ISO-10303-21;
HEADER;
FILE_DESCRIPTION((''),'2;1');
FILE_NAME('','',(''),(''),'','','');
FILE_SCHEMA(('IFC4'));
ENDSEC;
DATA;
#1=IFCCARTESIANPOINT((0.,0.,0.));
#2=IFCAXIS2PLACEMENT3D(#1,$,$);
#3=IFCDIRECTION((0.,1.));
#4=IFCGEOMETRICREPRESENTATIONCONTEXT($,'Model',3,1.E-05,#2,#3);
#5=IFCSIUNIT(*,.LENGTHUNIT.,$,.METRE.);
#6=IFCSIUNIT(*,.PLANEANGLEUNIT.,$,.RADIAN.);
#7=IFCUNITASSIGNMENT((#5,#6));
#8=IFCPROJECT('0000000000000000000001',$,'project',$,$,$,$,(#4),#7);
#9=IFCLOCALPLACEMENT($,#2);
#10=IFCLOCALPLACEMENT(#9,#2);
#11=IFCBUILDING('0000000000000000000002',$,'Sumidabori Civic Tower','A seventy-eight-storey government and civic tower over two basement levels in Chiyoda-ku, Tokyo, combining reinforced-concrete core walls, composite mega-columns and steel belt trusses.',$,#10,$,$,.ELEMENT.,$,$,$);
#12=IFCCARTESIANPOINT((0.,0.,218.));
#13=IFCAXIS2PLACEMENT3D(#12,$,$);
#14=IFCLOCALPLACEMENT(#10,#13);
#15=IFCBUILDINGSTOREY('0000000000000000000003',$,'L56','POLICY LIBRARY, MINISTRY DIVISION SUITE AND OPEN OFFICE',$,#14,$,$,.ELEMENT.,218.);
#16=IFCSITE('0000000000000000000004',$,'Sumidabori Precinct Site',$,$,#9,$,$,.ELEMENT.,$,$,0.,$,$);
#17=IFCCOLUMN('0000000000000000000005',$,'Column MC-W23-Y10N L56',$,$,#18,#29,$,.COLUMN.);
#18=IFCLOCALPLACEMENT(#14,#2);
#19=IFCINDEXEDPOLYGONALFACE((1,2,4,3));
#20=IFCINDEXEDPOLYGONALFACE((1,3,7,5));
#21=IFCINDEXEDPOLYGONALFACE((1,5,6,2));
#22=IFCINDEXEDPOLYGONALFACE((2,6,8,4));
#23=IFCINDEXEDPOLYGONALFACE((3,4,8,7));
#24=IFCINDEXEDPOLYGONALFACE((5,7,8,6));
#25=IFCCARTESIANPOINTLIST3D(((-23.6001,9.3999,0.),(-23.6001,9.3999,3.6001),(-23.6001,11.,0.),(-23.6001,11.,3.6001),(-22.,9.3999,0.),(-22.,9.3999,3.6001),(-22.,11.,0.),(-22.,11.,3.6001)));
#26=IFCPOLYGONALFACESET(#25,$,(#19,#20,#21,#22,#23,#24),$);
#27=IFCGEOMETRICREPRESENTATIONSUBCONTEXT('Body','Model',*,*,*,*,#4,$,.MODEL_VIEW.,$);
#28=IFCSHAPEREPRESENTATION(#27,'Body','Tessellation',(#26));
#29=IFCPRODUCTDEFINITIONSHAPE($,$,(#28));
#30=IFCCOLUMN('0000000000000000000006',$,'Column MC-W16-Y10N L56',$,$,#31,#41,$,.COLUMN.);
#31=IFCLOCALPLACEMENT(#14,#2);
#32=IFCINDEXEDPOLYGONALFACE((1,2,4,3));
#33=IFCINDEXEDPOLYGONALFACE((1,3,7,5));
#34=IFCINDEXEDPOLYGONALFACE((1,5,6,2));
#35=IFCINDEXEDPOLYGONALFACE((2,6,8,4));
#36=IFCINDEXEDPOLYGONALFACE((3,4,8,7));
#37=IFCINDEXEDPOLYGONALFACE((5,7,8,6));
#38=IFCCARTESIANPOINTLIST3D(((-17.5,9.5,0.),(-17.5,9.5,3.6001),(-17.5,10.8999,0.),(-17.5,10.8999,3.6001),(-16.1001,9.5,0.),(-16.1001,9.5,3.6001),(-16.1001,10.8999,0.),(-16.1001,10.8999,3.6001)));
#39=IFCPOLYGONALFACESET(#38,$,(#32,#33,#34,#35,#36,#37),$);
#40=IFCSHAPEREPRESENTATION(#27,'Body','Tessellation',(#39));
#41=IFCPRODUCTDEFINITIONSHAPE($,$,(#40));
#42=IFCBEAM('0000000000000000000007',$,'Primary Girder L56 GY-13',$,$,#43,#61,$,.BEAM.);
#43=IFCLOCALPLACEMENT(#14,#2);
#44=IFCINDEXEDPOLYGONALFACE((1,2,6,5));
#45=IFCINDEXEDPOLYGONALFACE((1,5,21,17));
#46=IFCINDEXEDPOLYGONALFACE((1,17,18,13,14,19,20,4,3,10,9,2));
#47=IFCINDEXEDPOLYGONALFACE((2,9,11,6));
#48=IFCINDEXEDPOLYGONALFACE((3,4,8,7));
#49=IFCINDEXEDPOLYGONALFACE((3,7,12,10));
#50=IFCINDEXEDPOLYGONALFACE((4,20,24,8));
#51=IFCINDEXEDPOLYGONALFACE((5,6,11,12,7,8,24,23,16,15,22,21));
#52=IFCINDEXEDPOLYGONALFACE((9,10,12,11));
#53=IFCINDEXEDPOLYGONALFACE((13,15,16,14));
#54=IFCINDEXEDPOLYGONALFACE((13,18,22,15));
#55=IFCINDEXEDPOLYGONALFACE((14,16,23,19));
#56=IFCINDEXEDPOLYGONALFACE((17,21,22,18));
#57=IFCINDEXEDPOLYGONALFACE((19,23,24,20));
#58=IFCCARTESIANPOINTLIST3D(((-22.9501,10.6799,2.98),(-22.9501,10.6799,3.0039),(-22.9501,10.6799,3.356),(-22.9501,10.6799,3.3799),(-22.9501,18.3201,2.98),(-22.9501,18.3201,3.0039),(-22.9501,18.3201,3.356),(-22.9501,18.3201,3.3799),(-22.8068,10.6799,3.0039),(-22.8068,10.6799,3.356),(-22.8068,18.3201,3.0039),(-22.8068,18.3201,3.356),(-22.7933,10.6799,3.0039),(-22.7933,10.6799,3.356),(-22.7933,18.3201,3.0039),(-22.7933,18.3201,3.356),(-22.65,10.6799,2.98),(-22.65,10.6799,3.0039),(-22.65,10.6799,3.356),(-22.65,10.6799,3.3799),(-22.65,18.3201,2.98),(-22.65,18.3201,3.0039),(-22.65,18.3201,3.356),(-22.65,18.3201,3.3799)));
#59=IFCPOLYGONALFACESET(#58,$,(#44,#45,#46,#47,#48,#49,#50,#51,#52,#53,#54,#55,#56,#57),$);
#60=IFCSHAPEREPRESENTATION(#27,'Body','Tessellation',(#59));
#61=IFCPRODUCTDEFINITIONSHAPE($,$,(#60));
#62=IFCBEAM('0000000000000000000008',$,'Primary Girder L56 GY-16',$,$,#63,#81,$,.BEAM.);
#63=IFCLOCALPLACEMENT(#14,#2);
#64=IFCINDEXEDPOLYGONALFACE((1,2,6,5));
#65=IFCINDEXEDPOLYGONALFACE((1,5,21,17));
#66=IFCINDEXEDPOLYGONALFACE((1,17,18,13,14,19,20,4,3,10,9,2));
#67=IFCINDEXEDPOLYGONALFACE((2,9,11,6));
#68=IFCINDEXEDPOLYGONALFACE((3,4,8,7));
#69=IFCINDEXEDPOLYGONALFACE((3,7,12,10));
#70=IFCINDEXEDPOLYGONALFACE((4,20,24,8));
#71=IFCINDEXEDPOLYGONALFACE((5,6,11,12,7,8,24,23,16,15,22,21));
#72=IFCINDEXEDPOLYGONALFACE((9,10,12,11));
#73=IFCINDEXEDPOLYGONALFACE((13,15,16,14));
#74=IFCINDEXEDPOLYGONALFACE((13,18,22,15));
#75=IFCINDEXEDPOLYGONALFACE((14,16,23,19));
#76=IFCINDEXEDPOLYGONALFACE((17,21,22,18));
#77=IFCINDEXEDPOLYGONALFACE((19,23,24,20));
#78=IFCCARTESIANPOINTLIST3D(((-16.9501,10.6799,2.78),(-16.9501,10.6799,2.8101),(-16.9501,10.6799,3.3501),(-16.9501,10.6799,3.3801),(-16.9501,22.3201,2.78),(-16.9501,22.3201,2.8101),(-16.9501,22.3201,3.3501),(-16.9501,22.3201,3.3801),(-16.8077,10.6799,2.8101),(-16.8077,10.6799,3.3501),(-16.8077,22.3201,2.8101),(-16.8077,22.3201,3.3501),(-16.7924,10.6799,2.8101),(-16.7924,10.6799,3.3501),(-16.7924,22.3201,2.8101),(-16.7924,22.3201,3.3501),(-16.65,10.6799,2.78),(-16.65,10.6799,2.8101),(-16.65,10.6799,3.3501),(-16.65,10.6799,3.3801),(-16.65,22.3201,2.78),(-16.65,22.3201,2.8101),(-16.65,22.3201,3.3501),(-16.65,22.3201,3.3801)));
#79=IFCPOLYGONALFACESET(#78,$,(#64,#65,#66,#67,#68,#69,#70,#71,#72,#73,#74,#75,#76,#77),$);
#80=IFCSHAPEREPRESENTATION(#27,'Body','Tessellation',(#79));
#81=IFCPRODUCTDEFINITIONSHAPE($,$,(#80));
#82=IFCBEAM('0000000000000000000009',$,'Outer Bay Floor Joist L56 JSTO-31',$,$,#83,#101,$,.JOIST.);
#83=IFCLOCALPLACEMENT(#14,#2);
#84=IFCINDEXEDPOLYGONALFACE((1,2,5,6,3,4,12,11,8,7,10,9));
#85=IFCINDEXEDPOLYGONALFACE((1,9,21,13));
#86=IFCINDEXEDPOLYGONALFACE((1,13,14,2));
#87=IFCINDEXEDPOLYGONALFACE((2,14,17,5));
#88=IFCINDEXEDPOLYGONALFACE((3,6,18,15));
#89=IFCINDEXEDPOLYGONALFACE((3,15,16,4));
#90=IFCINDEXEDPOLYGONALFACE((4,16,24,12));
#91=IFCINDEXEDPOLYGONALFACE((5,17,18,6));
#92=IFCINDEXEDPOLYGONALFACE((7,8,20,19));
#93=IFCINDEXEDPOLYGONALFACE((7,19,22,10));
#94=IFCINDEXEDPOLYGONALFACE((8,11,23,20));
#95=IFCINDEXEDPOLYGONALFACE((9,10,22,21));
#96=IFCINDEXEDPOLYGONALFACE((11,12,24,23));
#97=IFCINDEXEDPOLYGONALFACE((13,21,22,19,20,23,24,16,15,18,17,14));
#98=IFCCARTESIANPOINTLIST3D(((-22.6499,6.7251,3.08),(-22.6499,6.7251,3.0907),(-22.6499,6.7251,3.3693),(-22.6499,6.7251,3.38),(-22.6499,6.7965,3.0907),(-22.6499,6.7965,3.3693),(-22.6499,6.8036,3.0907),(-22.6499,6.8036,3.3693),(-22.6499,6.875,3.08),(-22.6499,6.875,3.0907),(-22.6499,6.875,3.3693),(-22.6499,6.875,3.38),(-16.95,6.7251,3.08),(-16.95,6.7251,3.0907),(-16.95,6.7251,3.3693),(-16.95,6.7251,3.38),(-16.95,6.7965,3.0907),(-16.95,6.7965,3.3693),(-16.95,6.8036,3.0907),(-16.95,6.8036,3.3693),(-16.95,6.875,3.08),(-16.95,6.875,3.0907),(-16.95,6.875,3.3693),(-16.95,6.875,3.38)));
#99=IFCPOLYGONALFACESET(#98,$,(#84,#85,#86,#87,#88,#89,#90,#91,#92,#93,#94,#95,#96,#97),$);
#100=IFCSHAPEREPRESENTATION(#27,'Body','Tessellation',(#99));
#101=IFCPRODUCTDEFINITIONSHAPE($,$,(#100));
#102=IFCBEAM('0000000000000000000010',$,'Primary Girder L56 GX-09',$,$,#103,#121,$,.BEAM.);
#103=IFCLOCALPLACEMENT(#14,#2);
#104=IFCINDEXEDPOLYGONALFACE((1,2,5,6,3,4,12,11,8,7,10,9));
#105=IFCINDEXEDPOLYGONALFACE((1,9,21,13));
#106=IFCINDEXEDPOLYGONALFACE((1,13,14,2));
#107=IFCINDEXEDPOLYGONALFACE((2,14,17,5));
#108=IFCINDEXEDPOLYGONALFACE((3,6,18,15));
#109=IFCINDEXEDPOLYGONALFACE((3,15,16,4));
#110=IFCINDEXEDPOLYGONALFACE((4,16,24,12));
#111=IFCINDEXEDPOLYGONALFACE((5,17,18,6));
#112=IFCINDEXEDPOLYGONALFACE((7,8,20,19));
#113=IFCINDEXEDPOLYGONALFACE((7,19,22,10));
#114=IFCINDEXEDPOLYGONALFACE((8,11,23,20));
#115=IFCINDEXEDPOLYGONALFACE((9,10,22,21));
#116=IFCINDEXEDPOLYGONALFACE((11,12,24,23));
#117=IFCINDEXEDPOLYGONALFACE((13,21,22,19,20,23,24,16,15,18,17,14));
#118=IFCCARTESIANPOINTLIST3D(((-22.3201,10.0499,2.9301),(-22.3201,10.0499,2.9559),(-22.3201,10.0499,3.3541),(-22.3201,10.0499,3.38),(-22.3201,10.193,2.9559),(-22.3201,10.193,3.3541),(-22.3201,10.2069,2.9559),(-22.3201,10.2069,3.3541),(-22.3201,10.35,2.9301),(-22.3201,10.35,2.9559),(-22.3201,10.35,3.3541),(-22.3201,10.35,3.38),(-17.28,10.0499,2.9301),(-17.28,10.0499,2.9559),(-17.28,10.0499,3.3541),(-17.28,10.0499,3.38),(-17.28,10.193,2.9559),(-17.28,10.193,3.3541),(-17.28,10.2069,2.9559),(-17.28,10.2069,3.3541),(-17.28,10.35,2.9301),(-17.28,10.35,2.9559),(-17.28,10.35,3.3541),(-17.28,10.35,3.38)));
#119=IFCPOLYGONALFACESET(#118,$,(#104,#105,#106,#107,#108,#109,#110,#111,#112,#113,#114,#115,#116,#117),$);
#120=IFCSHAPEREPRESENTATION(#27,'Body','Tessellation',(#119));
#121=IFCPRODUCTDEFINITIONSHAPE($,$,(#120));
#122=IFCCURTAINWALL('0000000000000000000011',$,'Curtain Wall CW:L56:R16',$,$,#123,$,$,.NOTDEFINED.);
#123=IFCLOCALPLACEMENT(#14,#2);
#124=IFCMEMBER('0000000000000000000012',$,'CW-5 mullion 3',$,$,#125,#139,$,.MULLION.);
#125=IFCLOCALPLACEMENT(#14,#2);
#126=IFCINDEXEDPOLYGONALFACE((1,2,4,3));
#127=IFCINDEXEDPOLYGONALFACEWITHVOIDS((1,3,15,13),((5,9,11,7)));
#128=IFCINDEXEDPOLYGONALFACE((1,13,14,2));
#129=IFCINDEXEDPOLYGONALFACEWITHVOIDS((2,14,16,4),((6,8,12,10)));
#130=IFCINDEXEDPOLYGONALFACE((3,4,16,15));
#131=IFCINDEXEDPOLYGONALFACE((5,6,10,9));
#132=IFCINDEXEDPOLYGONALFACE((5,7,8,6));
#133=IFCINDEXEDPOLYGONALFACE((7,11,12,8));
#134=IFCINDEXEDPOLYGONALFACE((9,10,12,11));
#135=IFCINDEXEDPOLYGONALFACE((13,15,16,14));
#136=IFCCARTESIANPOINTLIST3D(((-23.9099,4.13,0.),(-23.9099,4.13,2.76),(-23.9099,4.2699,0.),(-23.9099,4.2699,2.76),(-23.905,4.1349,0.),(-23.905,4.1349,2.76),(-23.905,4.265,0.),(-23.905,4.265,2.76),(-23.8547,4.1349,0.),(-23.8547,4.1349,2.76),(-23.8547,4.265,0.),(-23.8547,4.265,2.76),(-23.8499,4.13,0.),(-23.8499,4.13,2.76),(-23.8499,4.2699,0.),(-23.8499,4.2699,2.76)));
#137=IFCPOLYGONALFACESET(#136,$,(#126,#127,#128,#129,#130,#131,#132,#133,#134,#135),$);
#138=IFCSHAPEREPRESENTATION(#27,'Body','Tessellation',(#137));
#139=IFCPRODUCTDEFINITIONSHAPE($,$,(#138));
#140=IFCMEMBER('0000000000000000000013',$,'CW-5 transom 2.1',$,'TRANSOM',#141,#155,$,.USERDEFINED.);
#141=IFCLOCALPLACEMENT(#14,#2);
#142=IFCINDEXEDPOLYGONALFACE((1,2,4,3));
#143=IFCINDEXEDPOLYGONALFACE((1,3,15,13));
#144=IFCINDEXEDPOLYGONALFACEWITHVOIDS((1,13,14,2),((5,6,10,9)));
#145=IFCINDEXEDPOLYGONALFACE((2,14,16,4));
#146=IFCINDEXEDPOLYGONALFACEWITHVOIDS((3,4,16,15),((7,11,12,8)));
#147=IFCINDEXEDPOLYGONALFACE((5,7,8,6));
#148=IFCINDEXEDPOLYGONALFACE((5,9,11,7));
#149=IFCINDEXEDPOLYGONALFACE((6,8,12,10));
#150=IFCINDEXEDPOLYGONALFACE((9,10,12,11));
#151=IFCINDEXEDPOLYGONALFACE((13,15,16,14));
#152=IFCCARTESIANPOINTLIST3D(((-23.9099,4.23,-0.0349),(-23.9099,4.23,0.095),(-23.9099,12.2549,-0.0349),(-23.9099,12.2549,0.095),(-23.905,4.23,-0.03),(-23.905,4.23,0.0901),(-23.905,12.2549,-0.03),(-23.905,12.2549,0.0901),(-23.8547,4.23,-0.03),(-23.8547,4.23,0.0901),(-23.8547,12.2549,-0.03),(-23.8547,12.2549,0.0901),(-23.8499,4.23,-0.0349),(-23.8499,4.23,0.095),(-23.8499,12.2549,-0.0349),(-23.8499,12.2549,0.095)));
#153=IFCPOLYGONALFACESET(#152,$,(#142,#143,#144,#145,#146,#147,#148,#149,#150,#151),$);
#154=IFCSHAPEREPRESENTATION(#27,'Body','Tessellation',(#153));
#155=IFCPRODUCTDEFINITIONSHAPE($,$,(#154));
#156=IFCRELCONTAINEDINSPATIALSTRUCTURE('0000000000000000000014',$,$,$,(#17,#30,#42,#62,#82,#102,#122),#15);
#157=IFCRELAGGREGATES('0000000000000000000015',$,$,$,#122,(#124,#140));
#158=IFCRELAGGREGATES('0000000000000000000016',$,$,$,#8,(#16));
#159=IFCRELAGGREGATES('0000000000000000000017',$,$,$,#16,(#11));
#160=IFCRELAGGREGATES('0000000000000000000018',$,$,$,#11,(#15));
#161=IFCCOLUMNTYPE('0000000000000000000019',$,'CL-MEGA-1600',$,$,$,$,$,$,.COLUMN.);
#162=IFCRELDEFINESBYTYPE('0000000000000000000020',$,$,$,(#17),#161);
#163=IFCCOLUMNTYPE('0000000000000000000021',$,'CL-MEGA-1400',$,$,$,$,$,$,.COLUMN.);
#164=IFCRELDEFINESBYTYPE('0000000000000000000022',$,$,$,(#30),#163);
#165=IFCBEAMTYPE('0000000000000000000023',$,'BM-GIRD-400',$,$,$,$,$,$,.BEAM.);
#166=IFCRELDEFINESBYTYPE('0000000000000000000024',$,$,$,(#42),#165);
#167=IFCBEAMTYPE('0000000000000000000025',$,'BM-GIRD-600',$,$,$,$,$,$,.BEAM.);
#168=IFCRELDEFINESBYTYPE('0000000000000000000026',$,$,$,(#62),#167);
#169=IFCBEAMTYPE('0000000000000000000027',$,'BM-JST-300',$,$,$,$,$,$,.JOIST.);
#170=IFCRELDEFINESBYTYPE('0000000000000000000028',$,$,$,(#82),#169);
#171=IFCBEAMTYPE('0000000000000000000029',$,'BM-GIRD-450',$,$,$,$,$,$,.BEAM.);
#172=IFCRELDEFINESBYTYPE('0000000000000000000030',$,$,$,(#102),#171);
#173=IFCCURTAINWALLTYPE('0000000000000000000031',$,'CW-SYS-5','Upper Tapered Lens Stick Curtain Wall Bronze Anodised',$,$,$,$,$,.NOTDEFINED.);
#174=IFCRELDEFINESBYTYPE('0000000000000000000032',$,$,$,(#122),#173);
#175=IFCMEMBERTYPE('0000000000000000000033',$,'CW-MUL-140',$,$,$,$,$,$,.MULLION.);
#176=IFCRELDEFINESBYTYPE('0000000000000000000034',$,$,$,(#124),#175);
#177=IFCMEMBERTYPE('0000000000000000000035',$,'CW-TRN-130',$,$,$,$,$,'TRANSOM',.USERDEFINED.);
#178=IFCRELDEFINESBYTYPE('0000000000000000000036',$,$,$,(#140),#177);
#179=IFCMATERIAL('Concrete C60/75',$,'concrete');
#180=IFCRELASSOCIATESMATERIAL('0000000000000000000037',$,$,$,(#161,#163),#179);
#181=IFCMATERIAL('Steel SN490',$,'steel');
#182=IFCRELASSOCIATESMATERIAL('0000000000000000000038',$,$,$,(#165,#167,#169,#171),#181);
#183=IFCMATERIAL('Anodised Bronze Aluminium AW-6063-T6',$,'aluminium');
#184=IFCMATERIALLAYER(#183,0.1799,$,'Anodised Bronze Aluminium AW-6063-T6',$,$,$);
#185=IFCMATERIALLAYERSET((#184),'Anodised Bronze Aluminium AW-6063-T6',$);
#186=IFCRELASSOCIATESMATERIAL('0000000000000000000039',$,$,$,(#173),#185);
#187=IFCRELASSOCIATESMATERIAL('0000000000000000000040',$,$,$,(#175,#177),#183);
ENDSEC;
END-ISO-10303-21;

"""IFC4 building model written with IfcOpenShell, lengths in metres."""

from ifc_helpers import new_model, si_unit, direction, frame, origin, origin_2d, place, context, subcontext, project, spatial, rectangle, hollow_rectangle, i_section, extrude, source, transform, mapped, material, layer, layer_set, material_profile, profile_set, type_object, element, aggregate, save


model = new_model("IFC4")

# Units and contexts
model_context = context("Model", 3, precision=1e-05, world=origin(), true_north=direction((0.0, 1.0)))
body_context = subcontext(model_context, "Body", "Model", "MODEL_VIEW")
ifc_project = project(units=[si_unit("LENGTHUNIT", "METRE"), si_unit("PLANEANGLEUNIT", "RADIAN")], contexts=[model_context])

# Site, building, storey
site_placement = place(None, origin())
site = spatial("IfcSite", under=ifc_project, at=site_placement, Name="Sumidabori Precinct Site", CompositionType="ELEMENT", RefElevation=0.0)
building_placement = place(site_placement, origin())
building = spatial("IfcBuilding", under=site, at=building_placement, Name="Sumidabori Civic Tower", Description="A seventy-eight-storey government and civic tower over two basement levels in Chiyoda-ku, Tokyo, combining reinforced-concrete core walls, composite mega-columns and steel belt trusses.", CompositionType="ELEMENT")
storey_placement = place(building_placement, frame((0.0, 0.0, 218.0)))
storey = spatial("IfcBuildingStorey", under=building, at=storey_placement, Name="L56", Description="POLICY LIBRARY, MINISTRY DIVISION SUITE AND OPEN OFFICE", CompositionType="ELEMENT", Elevation=218.0)

# Columns
ifc_material_1 = material(Name="Concrete C60/75", Category="concrete")
ifc_material_profile_1 = material_profile(ifc_material_1, rectangle(XDim=1.6001, YDim=1.6001, at=origin_2d()), Name="RC 1600x1600")
ifc_profile_set_1 = profile_set([ifc_material_profile_1], Name="Concrete C60/75")
column_type_1 = type_object("IfcColumnType", Name="CL-MEGA-1600", PredefinedType="COLUMN", material=ifc_profile_set_1)
shared_shape_1 = source(origin(), body_context, "Body", "SweptSolid", [
    extrude(rectangle(XDim=1.6001, YDim=1.6001, at=origin_2d()), origin(), (0.0, 0.0, 1.0), 3.6001),
])
column_1_placement = place(storey_placement, frame((-22.8, 10.2, 0.0), z_axis=(0.0, 0.0, 1.0), x_axis=(1.0, 0.0, 0.0)))
element("IfcColumn", 1, at=column_1_placement, inside=storey, type_object=column_type_1, Name="Column MC-W23-Y10N L56", PredefinedType="COLUMN", context=body_context, shape_type="MappedRepresentation", body=[
    mapped(shared_shape_1, transform((0.0, 0.0, 0.0), x_axis=(1.0, 0.0, 0.0), y_axis=(0.0, 1.0, 0.0), z_axis=(0.0, 0.0, 1.0), scale=1.0)),
])
ifc_material_profile_2 = material_profile(ifc_material_1, rectangle(XDim=1.3999, YDim=1.3999, at=origin_2d()), Name="RC 1400x1400")
ifc_profile_set_2 = profile_set([ifc_material_profile_2], Name="Concrete C60/75")
column_type_2 = type_object("IfcColumnType", Name="CL-MEGA-1400", PredefinedType="COLUMN", material=ifc_profile_set_2)
shared_shape_2 = source(origin(), body_context, "Body", "SweptSolid", [
    extrude(rectangle(XDim=1.3999, YDim=1.3999, at=origin_2d()), origin(), (0.0, 0.0, 1.0), 3.6001),
])
column_2_placement = place(storey_placement, frame((-16.8, 10.2, 0.0), z_axis=(0.0, 0.0, 1.0), x_axis=(1.0, 0.0, 0.0)))
element("IfcColumn", 2, at=column_2_placement, inside=storey, type_object=column_type_2, Name="Column MC-W16-Y10N L56", PredefinedType="COLUMN", context=body_context, shape_type="MappedRepresentation", body=[
    mapped(shared_shape_2, transform((0.0, 0.0, 0.0), x_axis=(1.0, 0.0, 0.0), y_axis=(0.0, 1.0, 0.0), z_axis=(0.0, 0.0, 1.0), scale=1.0)),
])

# Beams
ifc_material_2 = material(Name="Steel SN490", Category="steel")
ifc_material_profile_3 = material_profile(ifc_material_2, i_section(OverallWidth=0.3, OverallDepth=0.3999, WebThickness=0.0134, FlangeThickness=0.0239, at=origin_2d()), Name="HE 400 B")
ifc_profile_set_3 = profile_set([ifc_material_profile_3], Name="Steel SN490")
beam_type_1 = type_object("IfcBeamType", Name="BM-GIRD-400", PredefinedType="BEAM", material=ifc_profile_set_3)
shared_shape_3 = source(origin(), body_context, "Body", "SweptSolid", [
    extrude(i_section(OverallWidth=0.3, OverallDepth=0.3999, WebThickness=0.0134, FlangeThickness=0.0239, at=origin_2d()), origin(), (0.0, 0.0, 1.0), 7.6401),
])
beam_1_placement = place(storey_placement, frame((-22.8, 10.6799, 3.1799), z_axis=(0.0, 1.0, 0.0), x_axis=(-1.0, 0.0, 0.0)))
element("IfcBeam", 3, at=beam_1_placement, inside=storey, type_object=beam_type_1, Name="Primary Girder L56 GY-13", PredefinedType="BEAM", context=body_context, shape_type="MappedRepresentation", body=[
    mapped(shared_shape_3, transform((0.0, 0.0, 0.0), x_axis=(1.0, 0.0, 0.0), y_axis=(0.0, 1.0, 0.0), z_axis=(0.0, 0.0, 1.0), scale=1.0)),
])
ifc_material_profile_4 = material_profile(ifc_material_2, i_section(OverallWidth=0.3, OverallDepth=0.6001, WebThickness=0.0154, FlangeThickness=0.03, at=origin_2d()), Name="HE 600 B")
ifc_profile_set_4 = profile_set([ifc_material_profile_4], Name="Steel SN490")
beam_type_2 = type_object("IfcBeamType", Name="BM-GIRD-600", PredefinedType="BEAM", material=ifc_profile_set_4)
shared_shape_4 = source(origin(), body_context, "Body", "SweptSolid", [
    extrude(i_section(OverallWidth=0.3, OverallDepth=0.6001, WebThickness=0.0154, FlangeThickness=0.03, at=origin_2d()), origin(), (0.0, 0.0, 1.0), 11.6401),
])
beam_2_placement = place(storey_placement, frame((-16.8, 10.6799, 3.0801), z_axis=(0.0, 1.0, 0.0), x_axis=(-1.0, 0.0, 0.0)))
element("IfcBeam", 4, at=beam_2_placement, inside=storey, type_object=beam_type_2, Name="Primary Girder L56 GY-16", PredefinedType="BEAM", context=body_context, shape_type="MappedRepresentation", body=[
    mapped(shared_shape_4, transform((0.0, 0.0, 0.0), x_axis=(1.0, 0.0, 0.0), y_axis=(0.0, 1.0, 0.0), z_axis=(0.0, 0.0, 1.0), scale=1.0)),
])
ifc_material_profile_5 = material_profile(ifc_material_2, i_section(OverallWidth=0.1499, OverallDepth=0.3, WebThickness=0.0071, FlangeThickness=0.0107, at=origin_2d()), Name="IPE 300")
ifc_profile_set_5 = profile_set([ifc_material_profile_5], Name="Steel SN490")
beam_type_3 = type_object("IfcBeamType", Name="BM-JST-300", PredefinedType="JOIST", material=ifc_profile_set_5)
shared_shape_5 = source(origin(), body_context, "Body", "SweptSolid", [
    extrude(i_section(OverallWidth=0.1499, OverallDepth=0.3, WebThickness=0.0071, FlangeThickness=0.0107, at=origin_2d()), origin(), (0.0, 0.0, 1.0), 5.7),
])
beam_3_placement = place(storey_placement, frame((-22.6499, 6.8, 3.23), z_axis=(1.0, 0.0, 0.0), x_axis=(0.0, 1.0, 0.0)))
element("IfcBeam", 5, at=beam_3_placement, inside=storey, type_object=beam_type_3, Name="Outer Bay Floor Joist L56 JSTO-31", PredefinedType="JOIST", context=body_context, shape_type="MappedRepresentation", body=[
    mapped(shared_shape_5, transform((0.0, 0.0, 0.0), x_axis=(1.0, 0.0, 0.0), y_axis=(0.0, 1.0, 0.0), z_axis=(0.0, 0.0, 1.0), scale=1.0)),
])
ifc_material_profile_6 = material_profile(ifc_material_2, i_section(OverallWidth=0.3, OverallDepth=0.45, WebThickness=0.0139, FlangeThickness=0.0259, at=origin_2d()), Name="HE 450 B")
ifc_profile_set_6 = profile_set([ifc_material_profile_6], Name="Steel SN490")
beam_type_4 = type_object("IfcBeamType", Name="BM-GIRD-450", PredefinedType="BEAM", material=ifc_profile_set_6)
shared_shape_6 = source(origin(), body_context, "Body", "SweptSolid", [
    extrude(i_section(OverallWidth=0.3, OverallDepth=0.45, WebThickness=0.0139, FlangeThickness=0.0259, at=origin_2d()), origin(), (0.0, 0.0, 1.0), 5.04),
])
beam_4_placement = place(storey_placement, frame((-22.3201, 10.2, 3.155), z_axis=(1.0, 0.0, 0.0), x_axis=(0.0, 1.0, 0.0)))
element("IfcBeam", 6, at=beam_4_placement, inside=storey, type_object=beam_type_4, Name="Primary Girder L56 GX-09", PredefinedType="BEAM", context=body_context, shape_type="MappedRepresentation", body=[
    mapped(shared_shape_6, transform((0.0, 0.0, 0.0), x_axis=(1.0, 0.0, 0.0), y_axis=(0.0, 1.0, 0.0), z_axis=(0.0, 0.0, 1.0), scale=1.0)),
])

# Curtain wall, members
ifc_material_3 = material(Name="Anodised Bronze Aluminium AW-6063-T6", Category="aluminium")
ifc_layer_1 = layer(ifc_material_3, 0.1799, Name="Anodised Bronze Aluminium AW-6063-T6")
ifc_layer_set_1 = layer_set([ifc_layer_1], Name="Anodised Bronze Aluminium AW-6063-T6")
curtain_wall_type = type_object("IfcCurtainWallType", Name="CW-SYS-5", Description="Upper Tapered Lens Stick Curtain Wall Bronze Anodised", PredefinedType="NOTDEFINED", material=ifc_layer_set_1)
curtain_wall_placement = place(storey_placement, origin())
curtain_wall = element("IfcCurtainWall", 7, at=curtain_wall_placement, inside=storey, type_object=curtain_wall_type, Name="Curtain Wall CW:L56:R16", PredefinedType="NOTDEFINED")
ifc_material_profile_7 = material_profile(ifc_material_3, hollow_rectangle(XDim=0.0601, YDim=0.1399, WallThickness=0.0049, at=origin_2d()), Name="ALU MULLION 140x60")
ifc_profile_set_7 = profile_set([ifc_material_profile_7], Name="Anodised Bronze Aluminium AW-6063-T6")
member_type_1 = type_object("IfcMemberType", Name="CW-MUL-140", PredefinedType="MULLION", material=ifc_profile_set_7)
shared_shape_7 = source(origin(), body_context, "Body", "SweptSolid", [
    extrude(hollow_rectangle(XDim=0.0601, YDim=0.1399, WallThickness=0.0049, at=origin_2d()), origin(), (0.0, 0.0, 1.0), 2.76),
])
member_1_placement = place(storey_placement, frame((-23.8799, 4.2, 0.0), z_axis=(0.0, 0.0, 1.0), x_axis=(1.0, 0.0, 0.0)))
member_1 = element("IfcMember", 8, at=member_1_placement, type_object=member_type_1, Name="CW-5 mullion 3", PredefinedType="MULLION", context=body_context, shape_type="MappedRepresentation", body=[
    mapped(shared_shape_7, transform((0.0, 0.0, 0.0), x_axis=(1.0, 0.0, 0.0), y_axis=(0.0, 1.0, 0.0), z_axis=(0.0, 0.0, 1.0), scale=1.0)),
])
ifc_material_profile_8 = material_profile(ifc_material_3, hollow_rectangle(XDim=0.0601, YDim=0.1299, WallThickness=0.0049, at=origin_2d()), Name="ALU TRANSOM 130x60")
ifc_profile_set_8 = profile_set([ifc_material_profile_8], Name="Anodised Bronze Aluminium AW-6063-T6")
member_type_2 = type_object("IfcMemberType", Name="CW-TRN-130", ElementType="TRANSOM", PredefinedType="USERDEFINED", material=ifc_profile_set_8)
shared_shape_8 = source(origin(), body_context, "Body", "SweptSolid", [
    extrude(hollow_rectangle(XDim=0.0601, YDim=0.1299, WallThickness=0.0049, at=origin_2d()), origin(), (0.0, 0.0, 1.0), 8.0249),
])
member_2_placement = place(storey_placement, frame((-23.8799, 12.2549, 0.03), z_axis=(0.0, -1.0, 0.0), x_axis=(1.0, 0.0, 0.0)))
member_2 = element("IfcMember", 9, at=member_2_placement, type_object=member_type_2, Name="CW-5 transom 2.1", ObjectType="TRANSOM", PredefinedType="USERDEFINED", context=body_context, shape_type="MappedRepresentation", body=[
    mapped(shared_shape_8, transform((0.0, 0.0, 0.0), x_axis=(1.0, 0.0, 0.0), y_axis=(0.0, 1.0, 0.0), z_axis=(0.0, 0.0, 1.0), scale=1.0)),
])
aggregate(curtain_wall, [member_1, member_2])

save(model, "model.ifc")
